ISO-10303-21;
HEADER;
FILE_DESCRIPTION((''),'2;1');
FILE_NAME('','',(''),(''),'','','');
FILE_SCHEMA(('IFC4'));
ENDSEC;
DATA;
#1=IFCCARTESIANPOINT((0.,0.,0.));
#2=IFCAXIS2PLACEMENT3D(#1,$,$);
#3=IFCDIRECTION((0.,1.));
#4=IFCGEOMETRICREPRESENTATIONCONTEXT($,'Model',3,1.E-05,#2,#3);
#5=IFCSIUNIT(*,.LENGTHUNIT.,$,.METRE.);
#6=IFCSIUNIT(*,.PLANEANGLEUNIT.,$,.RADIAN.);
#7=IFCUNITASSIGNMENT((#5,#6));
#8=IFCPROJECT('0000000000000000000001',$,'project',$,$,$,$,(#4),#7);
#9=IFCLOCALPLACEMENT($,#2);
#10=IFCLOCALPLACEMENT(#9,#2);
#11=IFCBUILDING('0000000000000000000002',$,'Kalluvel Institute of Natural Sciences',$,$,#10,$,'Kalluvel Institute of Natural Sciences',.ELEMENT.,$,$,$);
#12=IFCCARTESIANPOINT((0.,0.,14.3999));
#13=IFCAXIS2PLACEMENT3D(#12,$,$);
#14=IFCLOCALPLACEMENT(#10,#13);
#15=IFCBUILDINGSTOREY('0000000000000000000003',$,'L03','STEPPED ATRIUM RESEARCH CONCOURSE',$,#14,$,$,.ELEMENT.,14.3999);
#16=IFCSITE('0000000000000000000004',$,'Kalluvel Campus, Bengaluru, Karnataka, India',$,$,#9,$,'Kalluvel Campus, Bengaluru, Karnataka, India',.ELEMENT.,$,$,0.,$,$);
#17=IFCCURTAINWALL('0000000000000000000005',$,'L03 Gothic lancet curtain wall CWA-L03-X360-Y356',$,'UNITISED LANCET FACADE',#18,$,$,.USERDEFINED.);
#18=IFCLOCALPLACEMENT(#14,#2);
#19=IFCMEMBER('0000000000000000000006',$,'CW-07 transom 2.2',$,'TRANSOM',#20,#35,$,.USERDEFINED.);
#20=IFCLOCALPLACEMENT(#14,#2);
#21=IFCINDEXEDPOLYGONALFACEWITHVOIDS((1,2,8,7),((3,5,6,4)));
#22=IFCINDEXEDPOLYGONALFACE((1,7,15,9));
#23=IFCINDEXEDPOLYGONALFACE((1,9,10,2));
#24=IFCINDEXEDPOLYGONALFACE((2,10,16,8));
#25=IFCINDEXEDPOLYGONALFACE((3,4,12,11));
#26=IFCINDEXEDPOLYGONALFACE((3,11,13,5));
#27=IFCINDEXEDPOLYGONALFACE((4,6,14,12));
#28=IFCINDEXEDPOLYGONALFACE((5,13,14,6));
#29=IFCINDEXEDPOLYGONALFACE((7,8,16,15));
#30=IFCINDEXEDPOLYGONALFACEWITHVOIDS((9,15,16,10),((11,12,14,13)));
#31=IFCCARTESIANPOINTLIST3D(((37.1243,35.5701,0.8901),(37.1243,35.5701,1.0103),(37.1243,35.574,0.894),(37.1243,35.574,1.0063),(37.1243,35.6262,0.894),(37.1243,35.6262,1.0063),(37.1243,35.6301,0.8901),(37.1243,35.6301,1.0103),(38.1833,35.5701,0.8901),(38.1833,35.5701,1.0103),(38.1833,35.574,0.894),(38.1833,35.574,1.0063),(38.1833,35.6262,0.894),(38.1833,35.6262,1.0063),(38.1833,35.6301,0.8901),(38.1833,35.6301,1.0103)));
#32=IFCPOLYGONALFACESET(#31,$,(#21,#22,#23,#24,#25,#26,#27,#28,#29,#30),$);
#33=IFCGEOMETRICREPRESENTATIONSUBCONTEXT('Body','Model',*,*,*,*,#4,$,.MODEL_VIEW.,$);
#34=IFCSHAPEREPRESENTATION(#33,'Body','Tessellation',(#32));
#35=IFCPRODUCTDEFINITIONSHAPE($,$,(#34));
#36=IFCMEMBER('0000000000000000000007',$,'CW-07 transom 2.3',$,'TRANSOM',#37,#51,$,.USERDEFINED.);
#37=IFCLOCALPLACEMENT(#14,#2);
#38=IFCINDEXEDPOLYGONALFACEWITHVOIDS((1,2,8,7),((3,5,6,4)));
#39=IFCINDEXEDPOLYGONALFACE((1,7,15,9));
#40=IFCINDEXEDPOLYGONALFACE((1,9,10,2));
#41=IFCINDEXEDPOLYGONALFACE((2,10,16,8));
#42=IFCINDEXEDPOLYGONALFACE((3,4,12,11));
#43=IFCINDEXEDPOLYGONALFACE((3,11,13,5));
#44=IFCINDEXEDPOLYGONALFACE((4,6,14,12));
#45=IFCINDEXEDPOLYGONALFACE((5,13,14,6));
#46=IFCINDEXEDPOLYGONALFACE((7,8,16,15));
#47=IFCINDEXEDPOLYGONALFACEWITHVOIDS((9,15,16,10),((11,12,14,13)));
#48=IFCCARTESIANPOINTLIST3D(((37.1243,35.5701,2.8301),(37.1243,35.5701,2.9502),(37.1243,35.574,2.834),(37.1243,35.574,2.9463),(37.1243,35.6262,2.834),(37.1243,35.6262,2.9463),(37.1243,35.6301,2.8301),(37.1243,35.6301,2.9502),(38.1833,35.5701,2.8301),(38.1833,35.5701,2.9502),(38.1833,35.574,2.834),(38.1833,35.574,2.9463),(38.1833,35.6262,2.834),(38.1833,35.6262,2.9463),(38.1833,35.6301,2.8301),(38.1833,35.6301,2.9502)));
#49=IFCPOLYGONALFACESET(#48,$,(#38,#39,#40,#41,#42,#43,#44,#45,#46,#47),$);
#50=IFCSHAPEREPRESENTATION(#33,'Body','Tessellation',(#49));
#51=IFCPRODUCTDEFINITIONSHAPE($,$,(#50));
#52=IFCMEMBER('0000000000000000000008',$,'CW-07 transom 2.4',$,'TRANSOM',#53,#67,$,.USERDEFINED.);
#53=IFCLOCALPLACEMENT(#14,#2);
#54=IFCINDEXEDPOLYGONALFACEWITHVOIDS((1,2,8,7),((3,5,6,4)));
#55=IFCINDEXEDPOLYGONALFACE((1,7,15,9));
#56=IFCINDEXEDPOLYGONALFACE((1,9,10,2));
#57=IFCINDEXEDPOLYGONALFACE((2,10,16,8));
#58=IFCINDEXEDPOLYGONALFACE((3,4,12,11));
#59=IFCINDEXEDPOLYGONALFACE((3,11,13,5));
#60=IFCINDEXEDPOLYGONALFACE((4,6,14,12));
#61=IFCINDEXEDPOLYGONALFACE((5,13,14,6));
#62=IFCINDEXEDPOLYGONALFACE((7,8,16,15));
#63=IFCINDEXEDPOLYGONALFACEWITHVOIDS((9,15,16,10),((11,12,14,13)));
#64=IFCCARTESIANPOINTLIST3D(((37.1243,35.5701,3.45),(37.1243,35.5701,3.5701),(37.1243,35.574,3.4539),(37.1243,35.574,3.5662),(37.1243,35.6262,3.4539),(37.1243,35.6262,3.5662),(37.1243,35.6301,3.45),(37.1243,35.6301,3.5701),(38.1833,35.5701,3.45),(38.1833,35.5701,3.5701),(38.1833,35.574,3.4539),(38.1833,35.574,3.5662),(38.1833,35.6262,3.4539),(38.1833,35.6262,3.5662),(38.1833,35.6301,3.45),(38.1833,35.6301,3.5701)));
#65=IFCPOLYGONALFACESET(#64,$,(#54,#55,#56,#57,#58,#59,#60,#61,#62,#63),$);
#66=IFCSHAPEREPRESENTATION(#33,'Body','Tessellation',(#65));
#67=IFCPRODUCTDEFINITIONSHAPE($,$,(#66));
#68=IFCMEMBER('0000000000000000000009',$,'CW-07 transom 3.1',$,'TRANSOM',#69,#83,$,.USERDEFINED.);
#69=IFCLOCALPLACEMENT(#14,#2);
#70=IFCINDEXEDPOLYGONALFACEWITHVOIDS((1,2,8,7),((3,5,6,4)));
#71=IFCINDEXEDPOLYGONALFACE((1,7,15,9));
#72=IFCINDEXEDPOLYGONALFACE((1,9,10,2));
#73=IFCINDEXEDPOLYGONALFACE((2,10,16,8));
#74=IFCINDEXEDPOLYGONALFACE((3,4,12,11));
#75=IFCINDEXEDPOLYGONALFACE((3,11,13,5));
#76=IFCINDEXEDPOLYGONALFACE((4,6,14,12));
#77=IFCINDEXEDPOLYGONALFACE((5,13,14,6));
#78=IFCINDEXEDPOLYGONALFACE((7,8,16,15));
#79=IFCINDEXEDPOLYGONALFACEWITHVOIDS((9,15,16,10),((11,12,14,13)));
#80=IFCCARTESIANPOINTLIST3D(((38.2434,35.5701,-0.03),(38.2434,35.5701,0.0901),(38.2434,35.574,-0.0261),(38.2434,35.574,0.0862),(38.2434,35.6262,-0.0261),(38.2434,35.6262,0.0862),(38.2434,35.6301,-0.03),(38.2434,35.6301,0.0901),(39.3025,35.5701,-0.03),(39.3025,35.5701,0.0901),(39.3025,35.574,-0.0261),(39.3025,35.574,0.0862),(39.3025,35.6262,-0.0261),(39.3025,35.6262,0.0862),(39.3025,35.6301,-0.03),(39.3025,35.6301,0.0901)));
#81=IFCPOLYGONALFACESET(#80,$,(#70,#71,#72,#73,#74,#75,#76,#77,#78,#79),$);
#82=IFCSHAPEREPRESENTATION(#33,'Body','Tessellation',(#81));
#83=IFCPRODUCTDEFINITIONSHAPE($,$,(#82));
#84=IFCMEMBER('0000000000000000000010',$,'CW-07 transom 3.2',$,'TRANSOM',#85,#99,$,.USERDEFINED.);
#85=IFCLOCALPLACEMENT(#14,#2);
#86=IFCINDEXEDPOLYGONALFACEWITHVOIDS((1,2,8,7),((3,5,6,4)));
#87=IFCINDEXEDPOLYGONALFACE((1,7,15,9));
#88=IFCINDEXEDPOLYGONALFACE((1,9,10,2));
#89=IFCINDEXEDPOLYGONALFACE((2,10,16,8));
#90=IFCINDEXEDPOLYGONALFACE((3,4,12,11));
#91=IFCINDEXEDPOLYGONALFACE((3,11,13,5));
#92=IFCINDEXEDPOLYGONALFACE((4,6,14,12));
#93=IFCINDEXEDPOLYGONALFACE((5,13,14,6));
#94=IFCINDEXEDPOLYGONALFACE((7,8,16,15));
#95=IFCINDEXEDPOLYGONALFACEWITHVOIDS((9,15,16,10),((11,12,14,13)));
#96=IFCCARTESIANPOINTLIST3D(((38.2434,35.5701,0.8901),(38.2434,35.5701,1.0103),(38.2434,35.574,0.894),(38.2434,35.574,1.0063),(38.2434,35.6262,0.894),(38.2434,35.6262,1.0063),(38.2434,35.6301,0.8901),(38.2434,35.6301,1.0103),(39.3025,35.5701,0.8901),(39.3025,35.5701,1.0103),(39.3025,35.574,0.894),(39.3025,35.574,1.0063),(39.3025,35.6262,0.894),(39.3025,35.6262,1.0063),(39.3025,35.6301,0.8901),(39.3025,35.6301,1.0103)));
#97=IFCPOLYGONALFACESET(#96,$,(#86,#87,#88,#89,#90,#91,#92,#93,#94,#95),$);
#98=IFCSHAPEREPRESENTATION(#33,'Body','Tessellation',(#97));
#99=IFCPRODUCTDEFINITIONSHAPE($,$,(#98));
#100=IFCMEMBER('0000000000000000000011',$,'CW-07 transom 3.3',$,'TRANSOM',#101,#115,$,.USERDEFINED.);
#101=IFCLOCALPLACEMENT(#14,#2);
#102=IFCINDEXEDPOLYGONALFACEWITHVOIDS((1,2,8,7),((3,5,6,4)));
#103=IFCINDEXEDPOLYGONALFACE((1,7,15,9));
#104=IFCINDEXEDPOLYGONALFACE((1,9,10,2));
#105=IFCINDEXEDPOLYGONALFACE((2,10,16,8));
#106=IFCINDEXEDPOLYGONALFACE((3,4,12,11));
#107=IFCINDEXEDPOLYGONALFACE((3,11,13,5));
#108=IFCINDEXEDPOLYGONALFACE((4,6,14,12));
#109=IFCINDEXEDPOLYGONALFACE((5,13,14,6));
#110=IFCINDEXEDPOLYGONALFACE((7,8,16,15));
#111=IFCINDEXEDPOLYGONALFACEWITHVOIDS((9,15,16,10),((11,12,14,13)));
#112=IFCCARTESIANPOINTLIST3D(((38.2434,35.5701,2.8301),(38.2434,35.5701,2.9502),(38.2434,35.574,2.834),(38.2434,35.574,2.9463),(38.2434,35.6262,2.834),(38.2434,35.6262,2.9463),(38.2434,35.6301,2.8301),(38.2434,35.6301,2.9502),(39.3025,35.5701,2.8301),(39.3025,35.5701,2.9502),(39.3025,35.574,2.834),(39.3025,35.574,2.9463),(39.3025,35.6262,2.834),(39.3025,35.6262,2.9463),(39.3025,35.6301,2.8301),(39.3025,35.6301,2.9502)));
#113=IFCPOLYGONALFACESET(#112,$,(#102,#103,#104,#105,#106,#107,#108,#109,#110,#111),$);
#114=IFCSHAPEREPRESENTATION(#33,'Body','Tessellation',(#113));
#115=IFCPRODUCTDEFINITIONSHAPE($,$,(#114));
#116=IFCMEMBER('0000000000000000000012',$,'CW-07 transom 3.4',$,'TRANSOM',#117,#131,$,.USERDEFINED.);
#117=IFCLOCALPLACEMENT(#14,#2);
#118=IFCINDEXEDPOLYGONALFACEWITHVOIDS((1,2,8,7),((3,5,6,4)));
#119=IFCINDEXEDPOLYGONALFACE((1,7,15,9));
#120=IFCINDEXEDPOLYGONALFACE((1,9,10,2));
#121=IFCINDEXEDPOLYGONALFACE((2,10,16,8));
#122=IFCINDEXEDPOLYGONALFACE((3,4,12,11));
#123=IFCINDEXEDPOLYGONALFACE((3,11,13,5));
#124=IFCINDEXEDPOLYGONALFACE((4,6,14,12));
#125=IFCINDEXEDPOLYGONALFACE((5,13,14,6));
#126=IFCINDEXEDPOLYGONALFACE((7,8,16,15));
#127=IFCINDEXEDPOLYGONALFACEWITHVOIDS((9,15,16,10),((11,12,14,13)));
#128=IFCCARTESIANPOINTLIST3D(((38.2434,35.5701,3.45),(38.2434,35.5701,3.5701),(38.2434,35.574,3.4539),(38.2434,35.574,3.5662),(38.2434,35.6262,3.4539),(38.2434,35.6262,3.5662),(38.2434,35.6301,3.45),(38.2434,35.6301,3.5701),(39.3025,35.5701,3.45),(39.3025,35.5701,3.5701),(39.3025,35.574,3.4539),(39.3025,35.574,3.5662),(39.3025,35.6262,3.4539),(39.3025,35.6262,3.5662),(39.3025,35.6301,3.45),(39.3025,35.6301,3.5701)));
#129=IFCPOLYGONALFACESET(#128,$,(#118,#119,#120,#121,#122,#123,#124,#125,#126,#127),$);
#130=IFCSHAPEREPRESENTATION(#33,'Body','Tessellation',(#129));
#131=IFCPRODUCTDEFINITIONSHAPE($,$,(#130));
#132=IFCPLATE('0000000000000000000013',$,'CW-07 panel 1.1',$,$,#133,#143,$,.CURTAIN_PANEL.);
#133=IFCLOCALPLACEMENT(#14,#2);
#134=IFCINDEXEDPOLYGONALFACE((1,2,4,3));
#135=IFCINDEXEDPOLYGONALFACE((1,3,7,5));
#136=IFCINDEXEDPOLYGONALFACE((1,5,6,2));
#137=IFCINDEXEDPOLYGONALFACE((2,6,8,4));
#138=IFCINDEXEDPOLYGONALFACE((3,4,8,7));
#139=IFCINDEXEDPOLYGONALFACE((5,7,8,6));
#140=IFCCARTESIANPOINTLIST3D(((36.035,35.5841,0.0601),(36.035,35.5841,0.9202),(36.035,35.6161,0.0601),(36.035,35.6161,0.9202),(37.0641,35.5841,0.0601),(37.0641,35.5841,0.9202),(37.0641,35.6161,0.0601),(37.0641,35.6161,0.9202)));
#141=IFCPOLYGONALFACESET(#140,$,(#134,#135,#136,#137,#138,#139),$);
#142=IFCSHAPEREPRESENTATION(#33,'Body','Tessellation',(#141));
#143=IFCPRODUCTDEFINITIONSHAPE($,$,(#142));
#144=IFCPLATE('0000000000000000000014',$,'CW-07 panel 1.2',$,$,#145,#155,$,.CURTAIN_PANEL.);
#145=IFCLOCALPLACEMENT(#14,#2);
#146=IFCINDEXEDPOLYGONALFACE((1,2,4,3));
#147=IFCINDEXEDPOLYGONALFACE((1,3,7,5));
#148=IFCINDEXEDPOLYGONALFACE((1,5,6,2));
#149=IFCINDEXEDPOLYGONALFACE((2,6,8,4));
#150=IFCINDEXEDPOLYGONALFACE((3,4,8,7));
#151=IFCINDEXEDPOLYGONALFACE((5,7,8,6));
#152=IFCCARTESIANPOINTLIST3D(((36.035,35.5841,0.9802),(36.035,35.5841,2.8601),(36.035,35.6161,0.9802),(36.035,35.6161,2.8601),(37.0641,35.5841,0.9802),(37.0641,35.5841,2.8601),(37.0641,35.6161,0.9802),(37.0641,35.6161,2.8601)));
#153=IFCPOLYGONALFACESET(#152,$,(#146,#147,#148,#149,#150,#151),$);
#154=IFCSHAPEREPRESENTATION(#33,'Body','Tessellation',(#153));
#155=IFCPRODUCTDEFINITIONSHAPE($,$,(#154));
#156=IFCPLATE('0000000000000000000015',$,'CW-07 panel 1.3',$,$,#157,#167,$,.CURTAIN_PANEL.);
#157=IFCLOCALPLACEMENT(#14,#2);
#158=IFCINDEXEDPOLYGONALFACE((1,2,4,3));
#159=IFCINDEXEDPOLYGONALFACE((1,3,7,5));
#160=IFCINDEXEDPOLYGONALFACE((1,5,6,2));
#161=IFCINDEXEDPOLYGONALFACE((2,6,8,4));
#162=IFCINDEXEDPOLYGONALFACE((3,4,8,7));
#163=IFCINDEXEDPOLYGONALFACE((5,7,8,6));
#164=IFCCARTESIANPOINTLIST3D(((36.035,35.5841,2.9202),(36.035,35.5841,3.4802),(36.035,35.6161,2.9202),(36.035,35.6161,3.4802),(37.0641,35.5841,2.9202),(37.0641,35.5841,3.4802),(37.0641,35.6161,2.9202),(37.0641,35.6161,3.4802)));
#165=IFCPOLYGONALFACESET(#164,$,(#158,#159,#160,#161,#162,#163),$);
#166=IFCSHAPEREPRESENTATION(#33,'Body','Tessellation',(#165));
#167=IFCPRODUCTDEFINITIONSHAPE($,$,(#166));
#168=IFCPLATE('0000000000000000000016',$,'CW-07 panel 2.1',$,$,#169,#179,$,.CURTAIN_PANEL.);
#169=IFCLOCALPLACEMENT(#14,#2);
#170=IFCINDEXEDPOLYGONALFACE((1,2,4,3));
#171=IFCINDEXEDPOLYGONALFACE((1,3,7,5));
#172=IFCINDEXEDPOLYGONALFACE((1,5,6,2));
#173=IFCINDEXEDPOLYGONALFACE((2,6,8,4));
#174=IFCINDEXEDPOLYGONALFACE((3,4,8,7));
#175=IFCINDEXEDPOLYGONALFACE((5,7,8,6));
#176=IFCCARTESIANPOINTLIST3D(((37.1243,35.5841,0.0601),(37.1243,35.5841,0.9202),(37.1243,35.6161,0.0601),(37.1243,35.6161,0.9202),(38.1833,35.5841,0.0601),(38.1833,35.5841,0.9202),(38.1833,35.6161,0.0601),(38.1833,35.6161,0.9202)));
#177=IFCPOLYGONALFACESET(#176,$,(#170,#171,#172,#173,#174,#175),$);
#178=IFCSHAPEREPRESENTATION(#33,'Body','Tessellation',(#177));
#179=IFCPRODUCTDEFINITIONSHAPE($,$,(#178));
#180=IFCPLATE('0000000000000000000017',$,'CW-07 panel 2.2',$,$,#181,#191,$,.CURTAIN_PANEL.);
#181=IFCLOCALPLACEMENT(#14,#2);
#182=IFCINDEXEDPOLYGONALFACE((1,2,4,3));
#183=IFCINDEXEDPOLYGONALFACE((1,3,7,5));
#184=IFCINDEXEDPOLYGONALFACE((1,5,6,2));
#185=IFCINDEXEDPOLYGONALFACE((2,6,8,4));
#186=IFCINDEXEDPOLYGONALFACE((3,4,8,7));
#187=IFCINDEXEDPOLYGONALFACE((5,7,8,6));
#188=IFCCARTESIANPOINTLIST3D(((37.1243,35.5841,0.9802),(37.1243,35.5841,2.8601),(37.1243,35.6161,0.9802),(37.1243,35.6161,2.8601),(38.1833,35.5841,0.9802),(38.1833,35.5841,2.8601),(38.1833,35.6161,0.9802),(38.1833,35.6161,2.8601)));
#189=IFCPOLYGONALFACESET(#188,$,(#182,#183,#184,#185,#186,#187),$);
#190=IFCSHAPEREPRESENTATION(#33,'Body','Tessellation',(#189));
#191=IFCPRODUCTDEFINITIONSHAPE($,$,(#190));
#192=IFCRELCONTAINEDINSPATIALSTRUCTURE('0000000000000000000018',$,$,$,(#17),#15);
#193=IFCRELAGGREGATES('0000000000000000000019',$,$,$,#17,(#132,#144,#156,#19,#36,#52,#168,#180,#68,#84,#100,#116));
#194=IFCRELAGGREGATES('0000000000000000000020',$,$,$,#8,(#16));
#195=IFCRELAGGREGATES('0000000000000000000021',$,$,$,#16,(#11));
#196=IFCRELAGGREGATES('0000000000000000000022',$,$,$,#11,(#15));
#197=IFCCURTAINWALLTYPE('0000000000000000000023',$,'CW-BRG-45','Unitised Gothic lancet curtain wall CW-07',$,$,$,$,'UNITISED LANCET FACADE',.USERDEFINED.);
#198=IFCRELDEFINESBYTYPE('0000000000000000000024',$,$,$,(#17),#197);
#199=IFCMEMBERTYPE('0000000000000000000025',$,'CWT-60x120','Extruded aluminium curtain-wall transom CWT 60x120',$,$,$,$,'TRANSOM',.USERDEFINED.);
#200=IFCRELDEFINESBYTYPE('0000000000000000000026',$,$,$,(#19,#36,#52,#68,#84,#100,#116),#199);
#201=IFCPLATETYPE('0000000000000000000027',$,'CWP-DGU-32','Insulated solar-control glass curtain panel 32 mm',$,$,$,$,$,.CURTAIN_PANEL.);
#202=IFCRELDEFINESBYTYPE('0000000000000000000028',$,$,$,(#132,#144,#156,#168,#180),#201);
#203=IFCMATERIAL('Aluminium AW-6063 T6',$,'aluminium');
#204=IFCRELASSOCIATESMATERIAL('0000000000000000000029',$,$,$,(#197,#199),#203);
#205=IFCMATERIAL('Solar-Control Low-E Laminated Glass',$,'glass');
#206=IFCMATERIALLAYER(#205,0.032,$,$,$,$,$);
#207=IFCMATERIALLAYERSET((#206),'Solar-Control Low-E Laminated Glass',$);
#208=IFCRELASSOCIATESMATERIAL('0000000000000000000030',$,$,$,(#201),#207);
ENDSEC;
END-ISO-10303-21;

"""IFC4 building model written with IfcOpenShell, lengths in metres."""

from ifc_helpers import new_model, si_unit, direction, frame, origin, origin_2d, place, context, subcontext, project, spatial, rectangle, hollow_rectangle, extrude, material, layer, layer_set, material_profile, profile_set, type_object, element, aggregate, save


model = new_model("IFC4")

# Units and contexts
model_context = context("Model", 3, precision=1e-05, world=origin(), true_north=direction((0.0, 1.0)))
body_context = subcontext(model_context, "Body", "Model", "MODEL_VIEW")
ifc_project = project(units=[si_unit("LENGTHUNIT", "METRE"), si_unit("PLANEANGLEUNIT", "RADIAN")], contexts=[model_context])

# Site, building, storey
site_placement = place(None, origin())
site = spatial("IfcSite", under=ifc_project, at=site_placement, Name="Kalluvel Campus, Bengaluru, Karnataka, India", LongName="Kalluvel Campus, Bengaluru, Karnataka, India", CompositionType="ELEMENT", RefElevation=0.0)
building_placement = place(site_placement, origin())
building = spatial("IfcBuilding", under=site, at=building_placement, Name="Kalluvel Institute of Natural Sciences", LongName="Kalluvel Institute of Natural Sciences", CompositionType="ELEMENT")
storey_placement = place(building_placement, frame((0.0, 0.0, 14.3999)))
storey = spatial("IfcBuildingStorey", under=building, at=storey_placement, Name="L03", Description="STEPPED ATRIUM RESEARCH CONCOURSE", CompositionType="ELEMENT", Elevation=14.3999)

# Curtain wall, members, plates
ifc_material_1 = material(Name="Aluminium AW-6063 T6", Category="aluminium")
curtain_wall_type = type_object("IfcCurtainWallType", Name="CW-BRG-45", Description="Unitised Gothic lancet curtain wall CW-07", ElementType="UNITISED LANCET FACADE", PredefinedType="USERDEFINED", material=ifc_material_1)
curtain_wall_placement = place(storey_placement, origin())
curtain_wall = element("IfcCurtainWall", 1, at=curtain_wall_placement, inside=storey, type_object=curtain_wall_type, Name="L03 Gothic lancet curtain wall CWA-L03-X360-Y356", ObjectType="UNITISED LANCET FACADE", PredefinedType="USERDEFINED")
ifc_material_profile_1 = material_profile(ifc_material_1, hollow_rectangle(XDim=0.0601, YDim=0.1201, WallThickness=0.0039, at=origin_2d()), Name="CWT 60x120")
ifc_profile_set_1 = profile_set([ifc_material_profile_1], Name="Aluminium AW-6063 T6")
member_type_1 = type_object("IfcMemberType", Name="CWT-60x120", Description="Extruded aluminium curtain-wall transom CWT 60x120", ElementType="TRANSOM", PredefinedType="USERDEFINED", material=ifc_profile_set_1)
member_1_placement = place(storey_placement, frame((37.1243, 35.6001, 0.9502), z_axis=(1.0, 0.0, 0.0), x_axis=(0.0, 1.0, 0.0)))
member_1 = element("IfcMember", 2, at=member_1_placement, type_object=member_type_1, Name="CW-07 transom 2.2", ObjectType="TRANSOM", PredefinedType="USERDEFINED", context=body_context, shape_type="SweptSolid", body=[
    extrude(hollow_rectangle(XDim=0.0601, YDim=0.1201, WallThickness=0.0039, at=origin_2d()), origin(), (0.0, 0.0, 1.0), 1.0591),
])
member_2_placement = place(storey_placement, frame((37.1243, 35.6001, 2.8901), z_axis=(1.0, 0.0, 0.0), x_axis=(0.0, 1.0, 0.0)))
member_2 = element("IfcMember", 3, at=member_2_placement, type_object=member_type_1, Name="CW-07 transom 2.3", ObjectType="TRANSOM", PredefinedType="USERDEFINED", context=body_context, shape_type="SweptSolid", body=[
    extrude(hollow_rectangle(XDim=0.0601, YDim=0.1201, WallThickness=0.0039, at=origin_2d()), origin(), (0.0, 0.0, 1.0), 1.0591),
])
member_3_placement = place(storey_placement, frame((37.1243, 35.6001, 3.51), z_axis=(1.0, 0.0, 0.0), x_axis=(0.0, 1.0, 0.0)))
member_3 = element("IfcMember", 4, at=member_3_placement, type_object=member_type_1, Name="CW-07 transom 2.4", ObjectType="TRANSOM", PredefinedType="USERDEFINED", context=body_context, shape_type="SweptSolid", body=[
    extrude(hollow_rectangle(XDim=0.0601, YDim=0.1201, WallThickness=0.0039, at=origin_2d()), origin(), (0.0, 0.0, 1.0), 1.0591),
])
member_4_placement = place(storey_placement, frame((38.2434, 35.6001, 0.03), z_axis=(1.0, 0.0, 0.0), x_axis=(0.0, 1.0, 0.0)))
member_4 = element("IfcMember", 5, at=member_4_placement, type_object=member_type_1, Name="CW-07 transom 3.1", ObjectType="TRANSOM", PredefinedType="USERDEFINED", context=body_context, shape_type="SweptSolid", body=[
    extrude(hollow_rectangle(XDim=0.0601, YDim=0.1201, WallThickness=0.0039, at=origin_2d()), origin(), (0.0, 0.0, 1.0), 1.0591),
])
member_5_placement = place(storey_placement, frame((38.2434, 35.6001, 0.9502), z_axis=(1.0, 0.0, 0.0), x_axis=(0.0, 1.0, 0.0)))
member_5 = element("IfcMember", 6, at=member_5_placement, type_object=member_type_1, Name="CW-07 transom 3.2", ObjectType="TRANSOM", PredefinedType="USERDEFINED", context=body_context, shape_type="SweptSolid", body=[
    extrude(hollow_rectangle(XDim=0.0601, YDim=0.1201, WallThickness=0.0039, at=origin_2d()), origin(), (0.0, 0.0, 1.0), 1.0591),
])
member_6_placement = place(storey_placement, frame((38.2434, 35.6001, 2.8901), z_axis=(1.0, 0.0, 0.0), x_axis=(0.0, 1.0, 0.0)))
member_6 = element("IfcMember", 7, at=member_6_placement, type_object=member_type_1, Name="CW-07 transom 3.3", ObjectType="TRANSOM", PredefinedType="USERDEFINED", context=body_context, shape_type="SweptSolid", body=[
    extrude(hollow_rectangle(XDim=0.0601, YDim=0.1201, WallThickness=0.0039, at=origin_2d()), origin(), (0.0, 0.0, 1.0), 1.0591),
])
member_7_placement = place(storey_placement, frame((38.2434, 35.6001, 3.51), z_axis=(1.0, 0.0, 0.0), x_axis=(0.0, 1.0, 0.0)))
member_7 = element("IfcMember", 8, at=member_7_placement, type_object=member_type_1, Name="CW-07 transom 3.4", ObjectType="TRANSOM", PredefinedType="USERDEFINED", context=body_context, shape_type="SweptSolid", body=[
    extrude(hollow_rectangle(XDim=0.0601, YDim=0.1201, WallThickness=0.0039, at=origin_2d()), origin(), (0.0, 0.0, 1.0), 1.0591),
])
ifc_material_2 = material(Name="Solar-Control Low-E Laminated Glass", Category="glass")
ifc_layer = layer(ifc_material_2, 0.032)
ifc_layer_set = layer_set([ifc_layer], Name="Solar-Control Low-E Laminated Glass")
plate_type = type_object("IfcPlateType", Name="CWP-DGU-32", Description="Insulated solar-control glass curtain panel 32 mm", PredefinedType="CURTAIN_PANEL", material=ifc_layer_set)
plate_1_placement = place(storey_placement, frame((36.5496, 35.6001, 0.0601), z_axis=(0.0, 0.0, 1.0), x_axis=(1.0, 0.0, 0.0)))
plate_1 = element("IfcPlate", 9, at=plate_1_placement, type_object=plate_type, Name="CW-07 panel 1.1", PredefinedType="CURTAIN_PANEL", context=body_context, shape_type="SweptSolid", body=[
    extrude(rectangle(XDim=1.0291, YDim=0.032, at=origin_2d()), origin(), (0.0, 0.0, 1.0), 0.8601),
])
plate_2_placement = place(storey_placement, frame((36.5496, 35.6001, 0.9802), z_axis=(0.0, 0.0, 1.0), x_axis=(1.0, 0.0, 0.0)))
plate_2 = element("IfcPlate", 10, at=plate_2_placement, type_object=plate_type, Name="CW-07 panel 1.2", PredefinedType="CURTAIN_PANEL", context=body_context, shape_type="SweptSolid", body=[
    extrude(rectangle(XDim=1.0291, YDim=0.032, at=origin_2d()), origin(), (0.0, 0.0, 1.0), 1.8799),
])
plate_3_placement = place(storey_placement, frame((36.5496, 35.6001, 2.9202), z_axis=(0.0, 0.0, 1.0), x_axis=(1.0, 0.0, 0.0)))
plate_3 = element("IfcPlate", 11, at=plate_3_placement, type_object=plate_type, Name="CW-07 panel 1.3", PredefinedType="CURTAIN_PANEL", context=body_context, shape_type="SweptSolid", body=[
    extrude(rectangle(XDim=1.0291, YDim=0.032, at=origin_2d()), origin(), (0.0, 0.0, 1.0), 0.5601),
])
plate_4_placement = place(storey_placement, frame((37.6538, 35.6001, 0.0601), z_axis=(0.0, 0.0, 1.0), x_axis=(1.0, 0.0, 0.0)))
plate_4 = element("IfcPlate", 12, at=plate_4_placement, type_object=plate_type, Name="CW-07 panel 2.1", PredefinedType="CURTAIN_PANEL", context=body_context, shape_type="SweptSolid", body=[
    extrude(rectangle(XDim=1.0591, YDim=0.032, at=origin_2d()), origin(), (0.0, 0.0, 1.0), 0.8601),
])
plate_5_placement = place(storey_placement, frame((37.6538, 35.6001, 0.9802), z_axis=(0.0, 0.0, 1.0), x_axis=(1.0, 0.0, 0.0)))
plate_5 = element("IfcPlate", 13, at=plate_5_placement, type_object=plate_type, Name="CW-07 panel 2.2", PredefinedType="CURTAIN_PANEL", context=body_context, shape_type="SweptSolid", body=[
    extrude(rectangle(XDim=1.0591, YDim=0.032, at=origin_2d()), origin(), (0.0, 0.0, 1.0), 1.8799),
])
aggregate(curtain_wall, [plate_1, plate_2, plate_3, member_1, member_2, member_3, plate_4, plate_5, member_4, member_5, member_6, member_7])

save(model, "model.ifc")
